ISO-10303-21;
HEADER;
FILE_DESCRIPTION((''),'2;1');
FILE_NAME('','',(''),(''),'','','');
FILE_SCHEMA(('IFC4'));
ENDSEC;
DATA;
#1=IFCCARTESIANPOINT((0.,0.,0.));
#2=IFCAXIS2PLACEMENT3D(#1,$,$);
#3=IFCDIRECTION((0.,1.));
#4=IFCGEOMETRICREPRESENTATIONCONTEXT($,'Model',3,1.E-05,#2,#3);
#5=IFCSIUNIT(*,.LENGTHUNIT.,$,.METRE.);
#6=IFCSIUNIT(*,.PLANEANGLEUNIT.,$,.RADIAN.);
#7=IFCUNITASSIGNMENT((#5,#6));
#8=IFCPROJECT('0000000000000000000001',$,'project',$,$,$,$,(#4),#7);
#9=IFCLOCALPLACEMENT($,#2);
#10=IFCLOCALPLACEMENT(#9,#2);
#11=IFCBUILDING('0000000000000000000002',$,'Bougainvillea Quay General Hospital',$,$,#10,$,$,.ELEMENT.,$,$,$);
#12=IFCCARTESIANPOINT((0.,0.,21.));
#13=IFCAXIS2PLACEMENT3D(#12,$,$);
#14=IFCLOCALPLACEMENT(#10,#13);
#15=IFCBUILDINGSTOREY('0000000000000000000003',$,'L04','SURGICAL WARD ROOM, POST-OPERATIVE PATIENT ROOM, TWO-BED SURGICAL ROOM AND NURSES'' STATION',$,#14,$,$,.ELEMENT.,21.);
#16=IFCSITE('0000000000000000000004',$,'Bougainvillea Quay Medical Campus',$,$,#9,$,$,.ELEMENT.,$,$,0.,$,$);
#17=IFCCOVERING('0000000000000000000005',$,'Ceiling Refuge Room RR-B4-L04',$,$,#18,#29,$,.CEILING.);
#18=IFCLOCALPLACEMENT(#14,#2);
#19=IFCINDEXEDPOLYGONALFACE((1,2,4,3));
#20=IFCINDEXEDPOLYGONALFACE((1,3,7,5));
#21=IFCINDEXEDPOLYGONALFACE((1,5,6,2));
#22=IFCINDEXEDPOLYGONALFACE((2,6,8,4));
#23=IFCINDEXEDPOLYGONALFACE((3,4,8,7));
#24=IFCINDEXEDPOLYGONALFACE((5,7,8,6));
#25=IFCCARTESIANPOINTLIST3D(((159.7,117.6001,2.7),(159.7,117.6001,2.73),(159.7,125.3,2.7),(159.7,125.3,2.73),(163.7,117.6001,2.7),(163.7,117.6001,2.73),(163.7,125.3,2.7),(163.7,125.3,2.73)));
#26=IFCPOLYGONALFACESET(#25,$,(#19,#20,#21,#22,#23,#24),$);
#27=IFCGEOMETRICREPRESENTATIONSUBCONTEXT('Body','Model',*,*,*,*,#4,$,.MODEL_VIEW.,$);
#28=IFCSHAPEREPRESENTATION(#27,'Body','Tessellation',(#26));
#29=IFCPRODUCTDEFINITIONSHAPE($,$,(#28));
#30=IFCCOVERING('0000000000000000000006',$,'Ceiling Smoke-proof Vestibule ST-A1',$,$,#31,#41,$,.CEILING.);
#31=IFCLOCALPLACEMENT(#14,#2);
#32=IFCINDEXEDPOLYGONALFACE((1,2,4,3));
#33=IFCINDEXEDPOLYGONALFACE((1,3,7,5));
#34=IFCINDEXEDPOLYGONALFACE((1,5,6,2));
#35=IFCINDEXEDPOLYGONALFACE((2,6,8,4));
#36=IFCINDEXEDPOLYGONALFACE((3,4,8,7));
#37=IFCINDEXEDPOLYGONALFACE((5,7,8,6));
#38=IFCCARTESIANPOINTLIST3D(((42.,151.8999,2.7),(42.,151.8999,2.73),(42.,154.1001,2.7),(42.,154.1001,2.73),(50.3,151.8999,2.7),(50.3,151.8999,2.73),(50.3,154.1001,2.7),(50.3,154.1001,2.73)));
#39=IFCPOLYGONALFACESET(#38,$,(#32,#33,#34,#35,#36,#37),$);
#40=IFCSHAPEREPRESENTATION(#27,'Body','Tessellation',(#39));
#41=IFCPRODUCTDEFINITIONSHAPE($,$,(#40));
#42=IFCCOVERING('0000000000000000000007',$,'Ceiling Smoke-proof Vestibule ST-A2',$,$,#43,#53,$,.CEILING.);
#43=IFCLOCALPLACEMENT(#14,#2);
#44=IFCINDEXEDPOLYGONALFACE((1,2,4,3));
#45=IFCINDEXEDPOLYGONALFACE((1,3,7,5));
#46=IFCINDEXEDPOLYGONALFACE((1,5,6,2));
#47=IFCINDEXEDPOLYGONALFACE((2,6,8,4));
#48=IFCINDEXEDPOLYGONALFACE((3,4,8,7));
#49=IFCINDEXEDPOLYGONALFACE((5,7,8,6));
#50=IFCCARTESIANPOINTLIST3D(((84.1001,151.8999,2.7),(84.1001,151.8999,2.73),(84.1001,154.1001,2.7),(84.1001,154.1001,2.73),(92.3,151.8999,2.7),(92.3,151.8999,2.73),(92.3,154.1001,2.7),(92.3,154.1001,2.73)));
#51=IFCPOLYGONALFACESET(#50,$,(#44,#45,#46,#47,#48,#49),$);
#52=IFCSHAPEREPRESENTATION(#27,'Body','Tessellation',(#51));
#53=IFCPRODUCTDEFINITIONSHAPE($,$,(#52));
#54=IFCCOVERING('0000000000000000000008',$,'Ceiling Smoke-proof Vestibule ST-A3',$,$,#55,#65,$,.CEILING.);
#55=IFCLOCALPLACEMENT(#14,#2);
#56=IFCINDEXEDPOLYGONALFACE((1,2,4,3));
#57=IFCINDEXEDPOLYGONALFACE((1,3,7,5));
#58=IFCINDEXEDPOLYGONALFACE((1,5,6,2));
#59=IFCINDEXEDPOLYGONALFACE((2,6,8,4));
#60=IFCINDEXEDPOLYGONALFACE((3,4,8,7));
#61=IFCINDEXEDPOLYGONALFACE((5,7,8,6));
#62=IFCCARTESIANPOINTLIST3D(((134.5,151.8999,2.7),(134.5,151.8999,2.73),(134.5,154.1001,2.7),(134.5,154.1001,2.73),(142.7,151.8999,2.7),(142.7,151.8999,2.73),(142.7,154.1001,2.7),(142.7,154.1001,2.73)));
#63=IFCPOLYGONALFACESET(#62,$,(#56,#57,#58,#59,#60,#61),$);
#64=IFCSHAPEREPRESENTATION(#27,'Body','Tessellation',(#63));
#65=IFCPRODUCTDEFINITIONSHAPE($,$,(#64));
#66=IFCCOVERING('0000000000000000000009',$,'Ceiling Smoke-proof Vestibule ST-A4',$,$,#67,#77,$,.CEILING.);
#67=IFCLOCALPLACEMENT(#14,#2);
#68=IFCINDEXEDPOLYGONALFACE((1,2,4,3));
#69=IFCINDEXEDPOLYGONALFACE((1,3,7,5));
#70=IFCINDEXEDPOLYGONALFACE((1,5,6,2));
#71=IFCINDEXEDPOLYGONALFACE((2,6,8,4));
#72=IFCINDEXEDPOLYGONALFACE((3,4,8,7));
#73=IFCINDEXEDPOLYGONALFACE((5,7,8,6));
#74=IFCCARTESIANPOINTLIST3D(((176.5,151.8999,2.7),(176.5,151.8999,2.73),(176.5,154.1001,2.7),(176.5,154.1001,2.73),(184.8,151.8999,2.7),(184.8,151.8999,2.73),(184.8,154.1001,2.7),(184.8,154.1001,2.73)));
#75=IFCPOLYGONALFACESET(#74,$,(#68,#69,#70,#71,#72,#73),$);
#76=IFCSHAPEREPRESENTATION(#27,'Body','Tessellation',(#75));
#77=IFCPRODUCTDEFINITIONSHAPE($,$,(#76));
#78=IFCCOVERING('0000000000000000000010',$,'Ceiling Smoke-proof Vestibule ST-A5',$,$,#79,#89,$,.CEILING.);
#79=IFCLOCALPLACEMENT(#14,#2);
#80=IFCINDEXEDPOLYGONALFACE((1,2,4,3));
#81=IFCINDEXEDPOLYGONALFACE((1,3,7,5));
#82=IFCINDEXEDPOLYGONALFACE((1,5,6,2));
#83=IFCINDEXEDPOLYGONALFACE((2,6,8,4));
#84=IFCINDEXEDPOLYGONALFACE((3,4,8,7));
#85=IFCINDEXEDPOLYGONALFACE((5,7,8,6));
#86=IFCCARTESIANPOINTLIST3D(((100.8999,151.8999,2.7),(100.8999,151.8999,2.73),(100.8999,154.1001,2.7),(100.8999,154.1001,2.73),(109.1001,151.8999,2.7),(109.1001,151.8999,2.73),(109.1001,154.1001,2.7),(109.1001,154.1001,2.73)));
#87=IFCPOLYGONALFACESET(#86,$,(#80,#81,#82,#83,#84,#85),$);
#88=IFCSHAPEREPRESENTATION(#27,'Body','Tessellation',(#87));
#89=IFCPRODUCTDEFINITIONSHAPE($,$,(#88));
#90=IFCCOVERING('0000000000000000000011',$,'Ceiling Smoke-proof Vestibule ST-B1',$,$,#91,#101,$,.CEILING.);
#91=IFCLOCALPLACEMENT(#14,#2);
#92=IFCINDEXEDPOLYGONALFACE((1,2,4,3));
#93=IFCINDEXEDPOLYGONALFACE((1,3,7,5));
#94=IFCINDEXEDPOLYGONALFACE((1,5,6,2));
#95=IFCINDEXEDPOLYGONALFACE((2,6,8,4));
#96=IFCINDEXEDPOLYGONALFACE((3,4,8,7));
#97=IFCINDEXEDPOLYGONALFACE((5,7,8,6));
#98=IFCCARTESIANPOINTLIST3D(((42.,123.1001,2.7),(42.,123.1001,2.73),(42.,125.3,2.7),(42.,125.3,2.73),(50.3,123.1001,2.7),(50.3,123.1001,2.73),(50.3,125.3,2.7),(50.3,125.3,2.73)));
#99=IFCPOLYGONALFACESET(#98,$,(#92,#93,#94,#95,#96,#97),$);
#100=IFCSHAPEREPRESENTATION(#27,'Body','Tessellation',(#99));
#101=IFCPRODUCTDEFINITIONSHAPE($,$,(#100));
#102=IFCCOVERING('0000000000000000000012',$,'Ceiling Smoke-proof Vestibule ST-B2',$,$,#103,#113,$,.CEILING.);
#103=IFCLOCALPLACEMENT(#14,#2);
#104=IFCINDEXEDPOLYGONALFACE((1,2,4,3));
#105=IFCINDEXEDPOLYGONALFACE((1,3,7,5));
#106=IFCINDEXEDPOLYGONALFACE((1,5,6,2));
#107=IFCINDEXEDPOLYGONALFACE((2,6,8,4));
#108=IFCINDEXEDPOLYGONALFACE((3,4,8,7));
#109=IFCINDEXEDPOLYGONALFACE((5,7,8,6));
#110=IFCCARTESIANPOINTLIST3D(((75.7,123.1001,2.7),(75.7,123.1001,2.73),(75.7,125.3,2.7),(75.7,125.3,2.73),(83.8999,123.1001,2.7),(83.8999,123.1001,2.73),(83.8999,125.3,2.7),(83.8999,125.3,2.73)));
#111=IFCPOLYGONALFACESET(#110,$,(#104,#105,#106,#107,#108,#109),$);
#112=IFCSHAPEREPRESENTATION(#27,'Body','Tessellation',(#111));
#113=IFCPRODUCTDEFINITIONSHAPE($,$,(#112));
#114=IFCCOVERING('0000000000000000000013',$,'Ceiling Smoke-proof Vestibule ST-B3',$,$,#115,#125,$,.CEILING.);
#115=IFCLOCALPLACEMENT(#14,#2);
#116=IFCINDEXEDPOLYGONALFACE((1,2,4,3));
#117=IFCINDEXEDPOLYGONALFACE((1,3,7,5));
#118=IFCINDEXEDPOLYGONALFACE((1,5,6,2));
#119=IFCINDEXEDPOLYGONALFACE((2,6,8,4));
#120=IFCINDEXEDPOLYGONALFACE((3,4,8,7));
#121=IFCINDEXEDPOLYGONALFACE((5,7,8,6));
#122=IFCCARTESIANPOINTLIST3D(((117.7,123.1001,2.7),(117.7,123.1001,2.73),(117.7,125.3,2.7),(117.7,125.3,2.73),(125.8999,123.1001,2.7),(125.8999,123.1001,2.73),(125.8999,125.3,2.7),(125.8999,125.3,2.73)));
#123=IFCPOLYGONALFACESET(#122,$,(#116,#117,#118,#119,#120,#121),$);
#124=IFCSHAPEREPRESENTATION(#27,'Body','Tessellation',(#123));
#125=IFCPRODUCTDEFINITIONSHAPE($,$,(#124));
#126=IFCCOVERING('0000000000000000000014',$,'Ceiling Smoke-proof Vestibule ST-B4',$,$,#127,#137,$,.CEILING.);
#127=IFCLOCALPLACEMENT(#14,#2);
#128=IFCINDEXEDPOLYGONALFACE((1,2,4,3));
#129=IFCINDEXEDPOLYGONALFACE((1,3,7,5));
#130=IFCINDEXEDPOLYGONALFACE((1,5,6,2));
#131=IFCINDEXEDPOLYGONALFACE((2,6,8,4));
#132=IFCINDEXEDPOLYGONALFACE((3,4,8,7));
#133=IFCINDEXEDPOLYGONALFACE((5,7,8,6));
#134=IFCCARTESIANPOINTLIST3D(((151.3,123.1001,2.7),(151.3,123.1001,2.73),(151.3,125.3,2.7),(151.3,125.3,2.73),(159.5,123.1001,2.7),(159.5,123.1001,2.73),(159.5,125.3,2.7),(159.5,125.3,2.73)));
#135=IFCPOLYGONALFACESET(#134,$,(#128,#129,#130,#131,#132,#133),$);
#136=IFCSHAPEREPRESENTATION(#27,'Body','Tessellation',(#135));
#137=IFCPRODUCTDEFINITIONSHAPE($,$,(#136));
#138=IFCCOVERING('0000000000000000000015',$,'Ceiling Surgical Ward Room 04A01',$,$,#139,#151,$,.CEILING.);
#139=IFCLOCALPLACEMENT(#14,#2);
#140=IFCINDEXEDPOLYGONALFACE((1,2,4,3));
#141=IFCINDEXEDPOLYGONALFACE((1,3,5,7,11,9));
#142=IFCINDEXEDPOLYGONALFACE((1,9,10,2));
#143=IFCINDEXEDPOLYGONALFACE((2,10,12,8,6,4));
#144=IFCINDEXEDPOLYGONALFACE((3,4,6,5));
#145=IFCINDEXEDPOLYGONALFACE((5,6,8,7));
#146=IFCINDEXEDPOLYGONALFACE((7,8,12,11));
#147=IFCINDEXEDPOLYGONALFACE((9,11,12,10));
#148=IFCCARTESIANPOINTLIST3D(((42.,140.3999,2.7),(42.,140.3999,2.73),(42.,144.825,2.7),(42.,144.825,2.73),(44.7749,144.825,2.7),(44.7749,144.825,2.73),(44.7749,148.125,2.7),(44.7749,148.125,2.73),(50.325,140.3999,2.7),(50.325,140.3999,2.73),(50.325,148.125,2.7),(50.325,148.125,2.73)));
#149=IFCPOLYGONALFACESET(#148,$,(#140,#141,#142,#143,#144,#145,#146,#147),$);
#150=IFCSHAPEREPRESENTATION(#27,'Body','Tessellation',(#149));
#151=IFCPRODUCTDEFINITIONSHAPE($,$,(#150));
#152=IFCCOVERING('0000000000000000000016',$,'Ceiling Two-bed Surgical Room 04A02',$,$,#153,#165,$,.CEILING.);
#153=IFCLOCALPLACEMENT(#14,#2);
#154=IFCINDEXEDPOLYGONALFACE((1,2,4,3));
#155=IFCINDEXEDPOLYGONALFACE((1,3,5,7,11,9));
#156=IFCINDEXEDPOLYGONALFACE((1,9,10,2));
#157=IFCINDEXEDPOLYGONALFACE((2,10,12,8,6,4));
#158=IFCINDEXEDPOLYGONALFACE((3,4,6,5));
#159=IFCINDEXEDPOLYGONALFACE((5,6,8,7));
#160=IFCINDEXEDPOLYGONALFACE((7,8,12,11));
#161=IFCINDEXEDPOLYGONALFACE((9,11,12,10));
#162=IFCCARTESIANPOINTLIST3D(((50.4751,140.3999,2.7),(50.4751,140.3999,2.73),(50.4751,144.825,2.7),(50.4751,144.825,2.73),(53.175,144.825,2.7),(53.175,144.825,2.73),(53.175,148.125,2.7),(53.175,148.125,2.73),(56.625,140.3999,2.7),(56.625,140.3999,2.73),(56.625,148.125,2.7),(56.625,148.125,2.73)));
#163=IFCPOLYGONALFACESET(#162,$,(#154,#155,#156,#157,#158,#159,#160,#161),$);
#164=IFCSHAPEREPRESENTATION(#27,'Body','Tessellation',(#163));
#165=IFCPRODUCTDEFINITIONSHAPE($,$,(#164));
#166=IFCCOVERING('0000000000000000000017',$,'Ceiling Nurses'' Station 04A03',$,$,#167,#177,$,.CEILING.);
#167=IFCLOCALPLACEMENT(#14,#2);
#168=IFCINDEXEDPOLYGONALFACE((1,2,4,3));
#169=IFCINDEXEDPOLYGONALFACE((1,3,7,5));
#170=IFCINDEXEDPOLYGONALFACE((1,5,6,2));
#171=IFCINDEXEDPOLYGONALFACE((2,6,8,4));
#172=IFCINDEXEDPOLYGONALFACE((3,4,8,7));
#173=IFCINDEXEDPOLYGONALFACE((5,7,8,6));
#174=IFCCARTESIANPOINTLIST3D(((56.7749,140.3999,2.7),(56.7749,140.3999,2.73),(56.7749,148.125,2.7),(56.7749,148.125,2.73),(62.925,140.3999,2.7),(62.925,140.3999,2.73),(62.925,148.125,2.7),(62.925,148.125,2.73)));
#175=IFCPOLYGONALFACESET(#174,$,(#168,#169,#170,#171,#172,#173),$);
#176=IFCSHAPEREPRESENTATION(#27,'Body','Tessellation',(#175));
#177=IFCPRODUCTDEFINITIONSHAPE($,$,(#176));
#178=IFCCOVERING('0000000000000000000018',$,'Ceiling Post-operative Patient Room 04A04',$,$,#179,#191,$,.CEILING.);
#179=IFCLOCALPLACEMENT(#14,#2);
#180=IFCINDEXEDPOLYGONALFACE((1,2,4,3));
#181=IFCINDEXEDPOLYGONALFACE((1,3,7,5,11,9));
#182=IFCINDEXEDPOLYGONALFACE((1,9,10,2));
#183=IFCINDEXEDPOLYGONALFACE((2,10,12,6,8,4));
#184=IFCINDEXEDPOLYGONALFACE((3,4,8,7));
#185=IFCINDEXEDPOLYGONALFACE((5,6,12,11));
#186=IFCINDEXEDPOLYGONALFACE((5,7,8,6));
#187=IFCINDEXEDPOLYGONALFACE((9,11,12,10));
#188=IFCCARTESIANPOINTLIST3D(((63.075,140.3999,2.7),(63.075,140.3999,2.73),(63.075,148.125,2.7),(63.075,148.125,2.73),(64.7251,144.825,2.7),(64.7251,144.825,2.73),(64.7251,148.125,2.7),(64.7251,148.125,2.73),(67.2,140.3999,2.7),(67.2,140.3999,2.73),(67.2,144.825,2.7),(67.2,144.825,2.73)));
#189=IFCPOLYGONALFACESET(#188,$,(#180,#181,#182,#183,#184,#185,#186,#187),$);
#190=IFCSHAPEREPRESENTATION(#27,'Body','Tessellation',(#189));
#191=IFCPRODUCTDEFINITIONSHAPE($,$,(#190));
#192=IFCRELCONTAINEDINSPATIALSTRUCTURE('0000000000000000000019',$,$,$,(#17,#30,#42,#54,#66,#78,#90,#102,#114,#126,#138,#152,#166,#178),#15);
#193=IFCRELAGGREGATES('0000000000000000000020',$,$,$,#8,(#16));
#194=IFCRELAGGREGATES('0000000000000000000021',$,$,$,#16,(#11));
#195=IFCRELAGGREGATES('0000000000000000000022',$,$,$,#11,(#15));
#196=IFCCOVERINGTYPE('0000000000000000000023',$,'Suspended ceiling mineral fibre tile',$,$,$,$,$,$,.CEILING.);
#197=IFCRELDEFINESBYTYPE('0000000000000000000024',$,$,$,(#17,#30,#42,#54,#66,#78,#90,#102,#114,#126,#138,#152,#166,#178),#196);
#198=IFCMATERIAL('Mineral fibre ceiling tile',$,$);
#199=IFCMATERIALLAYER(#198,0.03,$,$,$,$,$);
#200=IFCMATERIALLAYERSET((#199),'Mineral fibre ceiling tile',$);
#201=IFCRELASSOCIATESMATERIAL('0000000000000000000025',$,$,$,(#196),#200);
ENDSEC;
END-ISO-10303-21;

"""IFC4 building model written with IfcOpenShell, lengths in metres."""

from ifc_helpers import new_model, si_unit, direction, frame, origin, place, context, subcontext, project, spatial, polyline, outline, extrude, material, layer, layer_set, type_object, element, save


model = new_model("IFC4")

# Units and contexts
model_context = context("Model", 3, precision=1e-05, world=origin(), true_north=direction((0.0, 1.0)))
body_context = subcontext(model_context, "Body", "Model", "MODEL_VIEW")
ifc_project = project(units=[si_unit("LENGTHUNIT", "METRE"), si_unit("PLANEANGLEUNIT", "RADIAN")], contexts=[model_context])

# Site, building, storey
site_placement = place(None, origin())
site = spatial("IfcSite", under=ifc_project, at=site_placement, Name="Bougainvillea Quay Medical Campus", CompositionType="ELEMENT", RefElevation=0.0)
building_placement = place(site_placement, origin())
building = spatial("IfcBuilding", under=site, at=building_placement, Name="Bougainvillea Quay General Hospital", CompositionType="ELEMENT")
storey_placement = place(building_placement, frame((0.0, 0.0, 21.0)))
storey = spatial("IfcBuildingStorey", under=building, at=storey_placement, Name="L04", Description="SURGICAL WARD ROOM, POST-OPERATIVE PATIENT ROOM, TWO-BED SURGICAL ROOM AND NURSES' STATION", CompositionType="ELEMENT", Elevation=21.0)

# Coverings
ifc_material = material(Name="Mineral fibre ceiling tile")
ifc_layer = layer(ifc_material, 0.03)
ifc_layer_set = layer_set([ifc_layer], Name="Mineral fibre ceiling tile")
covering_type = type_object("IfcCoveringType", Name="Suspended ceiling mineral fibre tile", PredefinedType="CEILING", material=ifc_layer_set)
covering_1_placement = place(storey_placement, frame((0.0, 0.0, 2.7)))
element("IfcCovering", 1, at=covering_1_placement, inside=storey, type_object=covering_type, Name="Ceiling Refuge Room RR-B4-L04", PredefinedType="CEILING", context=body_context, shape_type="SweptSolid", body=[
    extrude(outline(polyline([(163.7, 117.6001), (163.7, 125.3), (159.7, 125.3), (159.7, 117.6001), (163.7, 117.6001)])), origin(), (0.0, 0.0, 1.0), 0.03),
])
covering_2_placement = place(storey_placement, frame((0.0, 0.0, 2.7)))
element("IfcCovering", 2, at=covering_2_placement, inside=storey, type_object=covering_type, Name="Ceiling Smoke-proof Vestibule ST-A1", PredefinedType="CEILING", context=body_context, shape_type="SweptSolid", body=[
    extrude(outline(polyline([(42.0, 151.8999), (50.3, 151.8999), (50.3, 154.1001), (42.0, 154.1001), (42.0, 151.8999)])), origin(), (0.0, 0.0, 1.0), 0.03),
])
covering_3_placement = place(storey_placement, frame((0.0, 0.0, 2.7)))
element("IfcCovering", 3, at=covering_3_placement, inside=storey, type_object=covering_type, Name="Ceiling Smoke-proof Vestibule ST-A2", PredefinedType="CEILING", context=body_context, shape_type="SweptSolid", body=[
    extrude(outline(polyline([(92.3, 151.8999), (92.3, 154.1001), (84.1001, 154.1001), (84.1001, 151.8999), (92.3, 151.8999)])), origin(), (0.0, 0.0, 1.0), 0.03),
])
covering_4_placement = place(storey_placement, frame((0.0, 0.0, 2.7)))
element("IfcCovering", 4, at=covering_4_placement, inside=storey, type_object=covering_type, Name="Ceiling Smoke-proof Vestibule ST-A3", PredefinedType="CEILING", context=body_context, shape_type="SweptSolid", body=[
    extrude(outline(polyline([(134.5, 154.1001), (134.5, 151.8999), (142.7, 151.8999), (142.7, 154.1001), (134.5, 154.1001)])), origin(), (0.0, 0.0, 1.0), 0.03),
])
covering_5_placement = place(storey_placement, frame((0.0, 0.0, 2.7)))
element("IfcCovering", 5, at=covering_5_placement, inside=storey, type_object=covering_type, Name="Ceiling Smoke-proof Vestibule ST-A4", PredefinedType="CEILING", context=body_context, shape_type="SweptSolid", body=[
    extrude(outline(polyline([(184.8, 154.1001), (176.5, 154.1001), (176.5, 151.8999), (184.8, 151.8999), (184.8, 154.1001)])), origin(), (0.0, 0.0, 1.0), 0.03),
])
covering_6_placement = place(storey_placement, frame((0.0, 0.0, 2.7)))
element("IfcCovering", 6, at=covering_6_placement, inside=storey, type_object=covering_type, Name="Ceiling Smoke-proof Vestibule ST-A5", PredefinedType="CEILING", context=body_context, shape_type="SweptSolid", body=[
    extrude(outline(polyline([(100.8999, 151.8999), (109.1001, 151.8999), (109.1001, 154.1001), (100.8999, 154.1001), (100.8999, 151.8999)])), origin(), (0.0, 0.0, 1.0), 0.03),
])
covering_7_placement = place(storey_placement, frame((0.0, 0.0, 2.7)))
element("IfcCovering", 7, at=covering_7_placement, inside=storey, type_object=covering_type, Name="Ceiling Smoke-proof Vestibule ST-B1", PredefinedType="CEILING", context=body_context, shape_type="SweptSolid", body=[
    extrude(outline(polyline([(42.0, 123.1001), (50.3, 123.1001), (50.3, 125.3), (42.0, 125.3), (42.0, 123.1001)])), origin(), (0.0, 0.0, 1.0), 0.03),
])
covering_8_placement = place(storey_placement, frame((0.0, 0.0, 2.7)))
element("IfcCovering", 8, at=covering_8_placement, inside=storey, type_object=covering_type, Name="Ceiling Smoke-proof Vestibule ST-B2", PredefinedType="CEILING", context=body_context, shape_type="SweptSolid", body=[
    extrude(outline(polyline([(75.7, 123.1001), (83.8999, 123.1001), (83.8999, 125.3), (75.7, 125.3), (75.7, 123.1001)])), origin(), (0.0, 0.0, 1.0), 0.03),
])
covering_9_placement = place(storey_placement, frame((0.0, 0.0, 2.7)))
element("IfcCovering", 9, at=covering_9_placement, inside=storey, type_object=covering_type, Name="Ceiling Smoke-proof Vestibule ST-B3", PredefinedType="CEILING", context=body_context, shape_type="SweptSolid", body=[
    extrude(outline(polyline([(117.7, 125.3), (117.7, 123.1001), (125.8999, 123.1001), (125.8999, 125.3), (117.7, 125.3)])), origin(), (0.0, 0.0, 1.0), 0.03),
])
covering_10_placement = place(storey_placement, frame((0.0, 0.0, 2.7)))
element("IfcCovering", 10, at=covering_10_placement, inside=storey, type_object=covering_type, Name="Ceiling Smoke-proof Vestibule ST-B4", PredefinedType="CEILING", context=body_context, shape_type="SweptSolid", body=[
    extrude(outline(polyline([(151.3, 123.1001), (159.5, 123.1001), (159.5, 125.3), (151.3, 125.3), (151.3, 123.1001)])), origin(), (0.0, 0.0, 1.0), 0.03),
])
covering_11_placement = place(storey_placement, frame((0.0, 0.0, 2.7)))
element("IfcCovering", 11, at=covering_11_placement, inside=storey, type_object=covering_type, Name="Ceiling Surgical Ward Room 04A01", PredefinedType="CEILING", context=body_context, shape_type="SweptSolid", body=[
    extrude(outline(polyline([(50.325, 140.3999), (50.325, 148.125), (44.7749, 148.125), (44.7749, 144.825), (42.0, 144.825), (42.0, 140.3999), (50.325, 140.3999)])), origin(), (0.0, 0.0, 1.0), 0.03),
])
covering_12_placement = place(storey_placement, frame((0.0, 0.0, 2.7)))
element("IfcCovering", 12, at=covering_12_placement, inside=storey, type_object=covering_type, Name="Ceiling Two-bed Surgical Room 04A02", PredefinedType="CEILING", context=body_context, shape_type="SweptSolid", body=[
    extrude(outline(polyline([(56.625, 140.3999), (56.625, 148.125), (53.175, 148.125), (53.175, 144.825), (50.4751, 144.825), (50.4751, 140.3999), (56.625, 140.3999)])), origin(), (0.0, 0.0, 1.0), 0.03),
])
covering_13_placement = place(storey_placement, frame((0.0, 0.0, 2.7)))
element("IfcCovering", 13, at=covering_13_placement, inside=storey, type_object=covering_type, Name="Ceiling Nurses' Station 04A03", PredefinedType="CEILING", context=body_context, shape_type="SweptSolid", body=[
    extrude(outline(polyline([(62.925, 140.3999), (62.925, 148.125), (56.7749, 148.125), (56.7749, 140.3999), (62.925, 140.3999)])), origin(), (0.0, 0.0, 1.0), 0.03),
])
covering_14_placement = place(storey_placement, frame((0.0, 0.0, 2.7)))
element("IfcCovering", 14, at=covering_14_placement, inside=storey, type_object=covering_type, Name="Ceiling Post-operative Patient Room 04A04", PredefinedType="CEILING", context=body_context, shape_type="SweptSolid", body=[
    extrude(outline(polyline([(67.2, 140.3999), (67.2, 144.825), (64.7251, 144.825), (64.7251, 148.125), (63.075, 148.125), (63.075, 140.3999), (67.2, 140.3999)])), origin(), (0.0, 0.0, 1.0), 0.03),
])

save(model, "model.ifc")
